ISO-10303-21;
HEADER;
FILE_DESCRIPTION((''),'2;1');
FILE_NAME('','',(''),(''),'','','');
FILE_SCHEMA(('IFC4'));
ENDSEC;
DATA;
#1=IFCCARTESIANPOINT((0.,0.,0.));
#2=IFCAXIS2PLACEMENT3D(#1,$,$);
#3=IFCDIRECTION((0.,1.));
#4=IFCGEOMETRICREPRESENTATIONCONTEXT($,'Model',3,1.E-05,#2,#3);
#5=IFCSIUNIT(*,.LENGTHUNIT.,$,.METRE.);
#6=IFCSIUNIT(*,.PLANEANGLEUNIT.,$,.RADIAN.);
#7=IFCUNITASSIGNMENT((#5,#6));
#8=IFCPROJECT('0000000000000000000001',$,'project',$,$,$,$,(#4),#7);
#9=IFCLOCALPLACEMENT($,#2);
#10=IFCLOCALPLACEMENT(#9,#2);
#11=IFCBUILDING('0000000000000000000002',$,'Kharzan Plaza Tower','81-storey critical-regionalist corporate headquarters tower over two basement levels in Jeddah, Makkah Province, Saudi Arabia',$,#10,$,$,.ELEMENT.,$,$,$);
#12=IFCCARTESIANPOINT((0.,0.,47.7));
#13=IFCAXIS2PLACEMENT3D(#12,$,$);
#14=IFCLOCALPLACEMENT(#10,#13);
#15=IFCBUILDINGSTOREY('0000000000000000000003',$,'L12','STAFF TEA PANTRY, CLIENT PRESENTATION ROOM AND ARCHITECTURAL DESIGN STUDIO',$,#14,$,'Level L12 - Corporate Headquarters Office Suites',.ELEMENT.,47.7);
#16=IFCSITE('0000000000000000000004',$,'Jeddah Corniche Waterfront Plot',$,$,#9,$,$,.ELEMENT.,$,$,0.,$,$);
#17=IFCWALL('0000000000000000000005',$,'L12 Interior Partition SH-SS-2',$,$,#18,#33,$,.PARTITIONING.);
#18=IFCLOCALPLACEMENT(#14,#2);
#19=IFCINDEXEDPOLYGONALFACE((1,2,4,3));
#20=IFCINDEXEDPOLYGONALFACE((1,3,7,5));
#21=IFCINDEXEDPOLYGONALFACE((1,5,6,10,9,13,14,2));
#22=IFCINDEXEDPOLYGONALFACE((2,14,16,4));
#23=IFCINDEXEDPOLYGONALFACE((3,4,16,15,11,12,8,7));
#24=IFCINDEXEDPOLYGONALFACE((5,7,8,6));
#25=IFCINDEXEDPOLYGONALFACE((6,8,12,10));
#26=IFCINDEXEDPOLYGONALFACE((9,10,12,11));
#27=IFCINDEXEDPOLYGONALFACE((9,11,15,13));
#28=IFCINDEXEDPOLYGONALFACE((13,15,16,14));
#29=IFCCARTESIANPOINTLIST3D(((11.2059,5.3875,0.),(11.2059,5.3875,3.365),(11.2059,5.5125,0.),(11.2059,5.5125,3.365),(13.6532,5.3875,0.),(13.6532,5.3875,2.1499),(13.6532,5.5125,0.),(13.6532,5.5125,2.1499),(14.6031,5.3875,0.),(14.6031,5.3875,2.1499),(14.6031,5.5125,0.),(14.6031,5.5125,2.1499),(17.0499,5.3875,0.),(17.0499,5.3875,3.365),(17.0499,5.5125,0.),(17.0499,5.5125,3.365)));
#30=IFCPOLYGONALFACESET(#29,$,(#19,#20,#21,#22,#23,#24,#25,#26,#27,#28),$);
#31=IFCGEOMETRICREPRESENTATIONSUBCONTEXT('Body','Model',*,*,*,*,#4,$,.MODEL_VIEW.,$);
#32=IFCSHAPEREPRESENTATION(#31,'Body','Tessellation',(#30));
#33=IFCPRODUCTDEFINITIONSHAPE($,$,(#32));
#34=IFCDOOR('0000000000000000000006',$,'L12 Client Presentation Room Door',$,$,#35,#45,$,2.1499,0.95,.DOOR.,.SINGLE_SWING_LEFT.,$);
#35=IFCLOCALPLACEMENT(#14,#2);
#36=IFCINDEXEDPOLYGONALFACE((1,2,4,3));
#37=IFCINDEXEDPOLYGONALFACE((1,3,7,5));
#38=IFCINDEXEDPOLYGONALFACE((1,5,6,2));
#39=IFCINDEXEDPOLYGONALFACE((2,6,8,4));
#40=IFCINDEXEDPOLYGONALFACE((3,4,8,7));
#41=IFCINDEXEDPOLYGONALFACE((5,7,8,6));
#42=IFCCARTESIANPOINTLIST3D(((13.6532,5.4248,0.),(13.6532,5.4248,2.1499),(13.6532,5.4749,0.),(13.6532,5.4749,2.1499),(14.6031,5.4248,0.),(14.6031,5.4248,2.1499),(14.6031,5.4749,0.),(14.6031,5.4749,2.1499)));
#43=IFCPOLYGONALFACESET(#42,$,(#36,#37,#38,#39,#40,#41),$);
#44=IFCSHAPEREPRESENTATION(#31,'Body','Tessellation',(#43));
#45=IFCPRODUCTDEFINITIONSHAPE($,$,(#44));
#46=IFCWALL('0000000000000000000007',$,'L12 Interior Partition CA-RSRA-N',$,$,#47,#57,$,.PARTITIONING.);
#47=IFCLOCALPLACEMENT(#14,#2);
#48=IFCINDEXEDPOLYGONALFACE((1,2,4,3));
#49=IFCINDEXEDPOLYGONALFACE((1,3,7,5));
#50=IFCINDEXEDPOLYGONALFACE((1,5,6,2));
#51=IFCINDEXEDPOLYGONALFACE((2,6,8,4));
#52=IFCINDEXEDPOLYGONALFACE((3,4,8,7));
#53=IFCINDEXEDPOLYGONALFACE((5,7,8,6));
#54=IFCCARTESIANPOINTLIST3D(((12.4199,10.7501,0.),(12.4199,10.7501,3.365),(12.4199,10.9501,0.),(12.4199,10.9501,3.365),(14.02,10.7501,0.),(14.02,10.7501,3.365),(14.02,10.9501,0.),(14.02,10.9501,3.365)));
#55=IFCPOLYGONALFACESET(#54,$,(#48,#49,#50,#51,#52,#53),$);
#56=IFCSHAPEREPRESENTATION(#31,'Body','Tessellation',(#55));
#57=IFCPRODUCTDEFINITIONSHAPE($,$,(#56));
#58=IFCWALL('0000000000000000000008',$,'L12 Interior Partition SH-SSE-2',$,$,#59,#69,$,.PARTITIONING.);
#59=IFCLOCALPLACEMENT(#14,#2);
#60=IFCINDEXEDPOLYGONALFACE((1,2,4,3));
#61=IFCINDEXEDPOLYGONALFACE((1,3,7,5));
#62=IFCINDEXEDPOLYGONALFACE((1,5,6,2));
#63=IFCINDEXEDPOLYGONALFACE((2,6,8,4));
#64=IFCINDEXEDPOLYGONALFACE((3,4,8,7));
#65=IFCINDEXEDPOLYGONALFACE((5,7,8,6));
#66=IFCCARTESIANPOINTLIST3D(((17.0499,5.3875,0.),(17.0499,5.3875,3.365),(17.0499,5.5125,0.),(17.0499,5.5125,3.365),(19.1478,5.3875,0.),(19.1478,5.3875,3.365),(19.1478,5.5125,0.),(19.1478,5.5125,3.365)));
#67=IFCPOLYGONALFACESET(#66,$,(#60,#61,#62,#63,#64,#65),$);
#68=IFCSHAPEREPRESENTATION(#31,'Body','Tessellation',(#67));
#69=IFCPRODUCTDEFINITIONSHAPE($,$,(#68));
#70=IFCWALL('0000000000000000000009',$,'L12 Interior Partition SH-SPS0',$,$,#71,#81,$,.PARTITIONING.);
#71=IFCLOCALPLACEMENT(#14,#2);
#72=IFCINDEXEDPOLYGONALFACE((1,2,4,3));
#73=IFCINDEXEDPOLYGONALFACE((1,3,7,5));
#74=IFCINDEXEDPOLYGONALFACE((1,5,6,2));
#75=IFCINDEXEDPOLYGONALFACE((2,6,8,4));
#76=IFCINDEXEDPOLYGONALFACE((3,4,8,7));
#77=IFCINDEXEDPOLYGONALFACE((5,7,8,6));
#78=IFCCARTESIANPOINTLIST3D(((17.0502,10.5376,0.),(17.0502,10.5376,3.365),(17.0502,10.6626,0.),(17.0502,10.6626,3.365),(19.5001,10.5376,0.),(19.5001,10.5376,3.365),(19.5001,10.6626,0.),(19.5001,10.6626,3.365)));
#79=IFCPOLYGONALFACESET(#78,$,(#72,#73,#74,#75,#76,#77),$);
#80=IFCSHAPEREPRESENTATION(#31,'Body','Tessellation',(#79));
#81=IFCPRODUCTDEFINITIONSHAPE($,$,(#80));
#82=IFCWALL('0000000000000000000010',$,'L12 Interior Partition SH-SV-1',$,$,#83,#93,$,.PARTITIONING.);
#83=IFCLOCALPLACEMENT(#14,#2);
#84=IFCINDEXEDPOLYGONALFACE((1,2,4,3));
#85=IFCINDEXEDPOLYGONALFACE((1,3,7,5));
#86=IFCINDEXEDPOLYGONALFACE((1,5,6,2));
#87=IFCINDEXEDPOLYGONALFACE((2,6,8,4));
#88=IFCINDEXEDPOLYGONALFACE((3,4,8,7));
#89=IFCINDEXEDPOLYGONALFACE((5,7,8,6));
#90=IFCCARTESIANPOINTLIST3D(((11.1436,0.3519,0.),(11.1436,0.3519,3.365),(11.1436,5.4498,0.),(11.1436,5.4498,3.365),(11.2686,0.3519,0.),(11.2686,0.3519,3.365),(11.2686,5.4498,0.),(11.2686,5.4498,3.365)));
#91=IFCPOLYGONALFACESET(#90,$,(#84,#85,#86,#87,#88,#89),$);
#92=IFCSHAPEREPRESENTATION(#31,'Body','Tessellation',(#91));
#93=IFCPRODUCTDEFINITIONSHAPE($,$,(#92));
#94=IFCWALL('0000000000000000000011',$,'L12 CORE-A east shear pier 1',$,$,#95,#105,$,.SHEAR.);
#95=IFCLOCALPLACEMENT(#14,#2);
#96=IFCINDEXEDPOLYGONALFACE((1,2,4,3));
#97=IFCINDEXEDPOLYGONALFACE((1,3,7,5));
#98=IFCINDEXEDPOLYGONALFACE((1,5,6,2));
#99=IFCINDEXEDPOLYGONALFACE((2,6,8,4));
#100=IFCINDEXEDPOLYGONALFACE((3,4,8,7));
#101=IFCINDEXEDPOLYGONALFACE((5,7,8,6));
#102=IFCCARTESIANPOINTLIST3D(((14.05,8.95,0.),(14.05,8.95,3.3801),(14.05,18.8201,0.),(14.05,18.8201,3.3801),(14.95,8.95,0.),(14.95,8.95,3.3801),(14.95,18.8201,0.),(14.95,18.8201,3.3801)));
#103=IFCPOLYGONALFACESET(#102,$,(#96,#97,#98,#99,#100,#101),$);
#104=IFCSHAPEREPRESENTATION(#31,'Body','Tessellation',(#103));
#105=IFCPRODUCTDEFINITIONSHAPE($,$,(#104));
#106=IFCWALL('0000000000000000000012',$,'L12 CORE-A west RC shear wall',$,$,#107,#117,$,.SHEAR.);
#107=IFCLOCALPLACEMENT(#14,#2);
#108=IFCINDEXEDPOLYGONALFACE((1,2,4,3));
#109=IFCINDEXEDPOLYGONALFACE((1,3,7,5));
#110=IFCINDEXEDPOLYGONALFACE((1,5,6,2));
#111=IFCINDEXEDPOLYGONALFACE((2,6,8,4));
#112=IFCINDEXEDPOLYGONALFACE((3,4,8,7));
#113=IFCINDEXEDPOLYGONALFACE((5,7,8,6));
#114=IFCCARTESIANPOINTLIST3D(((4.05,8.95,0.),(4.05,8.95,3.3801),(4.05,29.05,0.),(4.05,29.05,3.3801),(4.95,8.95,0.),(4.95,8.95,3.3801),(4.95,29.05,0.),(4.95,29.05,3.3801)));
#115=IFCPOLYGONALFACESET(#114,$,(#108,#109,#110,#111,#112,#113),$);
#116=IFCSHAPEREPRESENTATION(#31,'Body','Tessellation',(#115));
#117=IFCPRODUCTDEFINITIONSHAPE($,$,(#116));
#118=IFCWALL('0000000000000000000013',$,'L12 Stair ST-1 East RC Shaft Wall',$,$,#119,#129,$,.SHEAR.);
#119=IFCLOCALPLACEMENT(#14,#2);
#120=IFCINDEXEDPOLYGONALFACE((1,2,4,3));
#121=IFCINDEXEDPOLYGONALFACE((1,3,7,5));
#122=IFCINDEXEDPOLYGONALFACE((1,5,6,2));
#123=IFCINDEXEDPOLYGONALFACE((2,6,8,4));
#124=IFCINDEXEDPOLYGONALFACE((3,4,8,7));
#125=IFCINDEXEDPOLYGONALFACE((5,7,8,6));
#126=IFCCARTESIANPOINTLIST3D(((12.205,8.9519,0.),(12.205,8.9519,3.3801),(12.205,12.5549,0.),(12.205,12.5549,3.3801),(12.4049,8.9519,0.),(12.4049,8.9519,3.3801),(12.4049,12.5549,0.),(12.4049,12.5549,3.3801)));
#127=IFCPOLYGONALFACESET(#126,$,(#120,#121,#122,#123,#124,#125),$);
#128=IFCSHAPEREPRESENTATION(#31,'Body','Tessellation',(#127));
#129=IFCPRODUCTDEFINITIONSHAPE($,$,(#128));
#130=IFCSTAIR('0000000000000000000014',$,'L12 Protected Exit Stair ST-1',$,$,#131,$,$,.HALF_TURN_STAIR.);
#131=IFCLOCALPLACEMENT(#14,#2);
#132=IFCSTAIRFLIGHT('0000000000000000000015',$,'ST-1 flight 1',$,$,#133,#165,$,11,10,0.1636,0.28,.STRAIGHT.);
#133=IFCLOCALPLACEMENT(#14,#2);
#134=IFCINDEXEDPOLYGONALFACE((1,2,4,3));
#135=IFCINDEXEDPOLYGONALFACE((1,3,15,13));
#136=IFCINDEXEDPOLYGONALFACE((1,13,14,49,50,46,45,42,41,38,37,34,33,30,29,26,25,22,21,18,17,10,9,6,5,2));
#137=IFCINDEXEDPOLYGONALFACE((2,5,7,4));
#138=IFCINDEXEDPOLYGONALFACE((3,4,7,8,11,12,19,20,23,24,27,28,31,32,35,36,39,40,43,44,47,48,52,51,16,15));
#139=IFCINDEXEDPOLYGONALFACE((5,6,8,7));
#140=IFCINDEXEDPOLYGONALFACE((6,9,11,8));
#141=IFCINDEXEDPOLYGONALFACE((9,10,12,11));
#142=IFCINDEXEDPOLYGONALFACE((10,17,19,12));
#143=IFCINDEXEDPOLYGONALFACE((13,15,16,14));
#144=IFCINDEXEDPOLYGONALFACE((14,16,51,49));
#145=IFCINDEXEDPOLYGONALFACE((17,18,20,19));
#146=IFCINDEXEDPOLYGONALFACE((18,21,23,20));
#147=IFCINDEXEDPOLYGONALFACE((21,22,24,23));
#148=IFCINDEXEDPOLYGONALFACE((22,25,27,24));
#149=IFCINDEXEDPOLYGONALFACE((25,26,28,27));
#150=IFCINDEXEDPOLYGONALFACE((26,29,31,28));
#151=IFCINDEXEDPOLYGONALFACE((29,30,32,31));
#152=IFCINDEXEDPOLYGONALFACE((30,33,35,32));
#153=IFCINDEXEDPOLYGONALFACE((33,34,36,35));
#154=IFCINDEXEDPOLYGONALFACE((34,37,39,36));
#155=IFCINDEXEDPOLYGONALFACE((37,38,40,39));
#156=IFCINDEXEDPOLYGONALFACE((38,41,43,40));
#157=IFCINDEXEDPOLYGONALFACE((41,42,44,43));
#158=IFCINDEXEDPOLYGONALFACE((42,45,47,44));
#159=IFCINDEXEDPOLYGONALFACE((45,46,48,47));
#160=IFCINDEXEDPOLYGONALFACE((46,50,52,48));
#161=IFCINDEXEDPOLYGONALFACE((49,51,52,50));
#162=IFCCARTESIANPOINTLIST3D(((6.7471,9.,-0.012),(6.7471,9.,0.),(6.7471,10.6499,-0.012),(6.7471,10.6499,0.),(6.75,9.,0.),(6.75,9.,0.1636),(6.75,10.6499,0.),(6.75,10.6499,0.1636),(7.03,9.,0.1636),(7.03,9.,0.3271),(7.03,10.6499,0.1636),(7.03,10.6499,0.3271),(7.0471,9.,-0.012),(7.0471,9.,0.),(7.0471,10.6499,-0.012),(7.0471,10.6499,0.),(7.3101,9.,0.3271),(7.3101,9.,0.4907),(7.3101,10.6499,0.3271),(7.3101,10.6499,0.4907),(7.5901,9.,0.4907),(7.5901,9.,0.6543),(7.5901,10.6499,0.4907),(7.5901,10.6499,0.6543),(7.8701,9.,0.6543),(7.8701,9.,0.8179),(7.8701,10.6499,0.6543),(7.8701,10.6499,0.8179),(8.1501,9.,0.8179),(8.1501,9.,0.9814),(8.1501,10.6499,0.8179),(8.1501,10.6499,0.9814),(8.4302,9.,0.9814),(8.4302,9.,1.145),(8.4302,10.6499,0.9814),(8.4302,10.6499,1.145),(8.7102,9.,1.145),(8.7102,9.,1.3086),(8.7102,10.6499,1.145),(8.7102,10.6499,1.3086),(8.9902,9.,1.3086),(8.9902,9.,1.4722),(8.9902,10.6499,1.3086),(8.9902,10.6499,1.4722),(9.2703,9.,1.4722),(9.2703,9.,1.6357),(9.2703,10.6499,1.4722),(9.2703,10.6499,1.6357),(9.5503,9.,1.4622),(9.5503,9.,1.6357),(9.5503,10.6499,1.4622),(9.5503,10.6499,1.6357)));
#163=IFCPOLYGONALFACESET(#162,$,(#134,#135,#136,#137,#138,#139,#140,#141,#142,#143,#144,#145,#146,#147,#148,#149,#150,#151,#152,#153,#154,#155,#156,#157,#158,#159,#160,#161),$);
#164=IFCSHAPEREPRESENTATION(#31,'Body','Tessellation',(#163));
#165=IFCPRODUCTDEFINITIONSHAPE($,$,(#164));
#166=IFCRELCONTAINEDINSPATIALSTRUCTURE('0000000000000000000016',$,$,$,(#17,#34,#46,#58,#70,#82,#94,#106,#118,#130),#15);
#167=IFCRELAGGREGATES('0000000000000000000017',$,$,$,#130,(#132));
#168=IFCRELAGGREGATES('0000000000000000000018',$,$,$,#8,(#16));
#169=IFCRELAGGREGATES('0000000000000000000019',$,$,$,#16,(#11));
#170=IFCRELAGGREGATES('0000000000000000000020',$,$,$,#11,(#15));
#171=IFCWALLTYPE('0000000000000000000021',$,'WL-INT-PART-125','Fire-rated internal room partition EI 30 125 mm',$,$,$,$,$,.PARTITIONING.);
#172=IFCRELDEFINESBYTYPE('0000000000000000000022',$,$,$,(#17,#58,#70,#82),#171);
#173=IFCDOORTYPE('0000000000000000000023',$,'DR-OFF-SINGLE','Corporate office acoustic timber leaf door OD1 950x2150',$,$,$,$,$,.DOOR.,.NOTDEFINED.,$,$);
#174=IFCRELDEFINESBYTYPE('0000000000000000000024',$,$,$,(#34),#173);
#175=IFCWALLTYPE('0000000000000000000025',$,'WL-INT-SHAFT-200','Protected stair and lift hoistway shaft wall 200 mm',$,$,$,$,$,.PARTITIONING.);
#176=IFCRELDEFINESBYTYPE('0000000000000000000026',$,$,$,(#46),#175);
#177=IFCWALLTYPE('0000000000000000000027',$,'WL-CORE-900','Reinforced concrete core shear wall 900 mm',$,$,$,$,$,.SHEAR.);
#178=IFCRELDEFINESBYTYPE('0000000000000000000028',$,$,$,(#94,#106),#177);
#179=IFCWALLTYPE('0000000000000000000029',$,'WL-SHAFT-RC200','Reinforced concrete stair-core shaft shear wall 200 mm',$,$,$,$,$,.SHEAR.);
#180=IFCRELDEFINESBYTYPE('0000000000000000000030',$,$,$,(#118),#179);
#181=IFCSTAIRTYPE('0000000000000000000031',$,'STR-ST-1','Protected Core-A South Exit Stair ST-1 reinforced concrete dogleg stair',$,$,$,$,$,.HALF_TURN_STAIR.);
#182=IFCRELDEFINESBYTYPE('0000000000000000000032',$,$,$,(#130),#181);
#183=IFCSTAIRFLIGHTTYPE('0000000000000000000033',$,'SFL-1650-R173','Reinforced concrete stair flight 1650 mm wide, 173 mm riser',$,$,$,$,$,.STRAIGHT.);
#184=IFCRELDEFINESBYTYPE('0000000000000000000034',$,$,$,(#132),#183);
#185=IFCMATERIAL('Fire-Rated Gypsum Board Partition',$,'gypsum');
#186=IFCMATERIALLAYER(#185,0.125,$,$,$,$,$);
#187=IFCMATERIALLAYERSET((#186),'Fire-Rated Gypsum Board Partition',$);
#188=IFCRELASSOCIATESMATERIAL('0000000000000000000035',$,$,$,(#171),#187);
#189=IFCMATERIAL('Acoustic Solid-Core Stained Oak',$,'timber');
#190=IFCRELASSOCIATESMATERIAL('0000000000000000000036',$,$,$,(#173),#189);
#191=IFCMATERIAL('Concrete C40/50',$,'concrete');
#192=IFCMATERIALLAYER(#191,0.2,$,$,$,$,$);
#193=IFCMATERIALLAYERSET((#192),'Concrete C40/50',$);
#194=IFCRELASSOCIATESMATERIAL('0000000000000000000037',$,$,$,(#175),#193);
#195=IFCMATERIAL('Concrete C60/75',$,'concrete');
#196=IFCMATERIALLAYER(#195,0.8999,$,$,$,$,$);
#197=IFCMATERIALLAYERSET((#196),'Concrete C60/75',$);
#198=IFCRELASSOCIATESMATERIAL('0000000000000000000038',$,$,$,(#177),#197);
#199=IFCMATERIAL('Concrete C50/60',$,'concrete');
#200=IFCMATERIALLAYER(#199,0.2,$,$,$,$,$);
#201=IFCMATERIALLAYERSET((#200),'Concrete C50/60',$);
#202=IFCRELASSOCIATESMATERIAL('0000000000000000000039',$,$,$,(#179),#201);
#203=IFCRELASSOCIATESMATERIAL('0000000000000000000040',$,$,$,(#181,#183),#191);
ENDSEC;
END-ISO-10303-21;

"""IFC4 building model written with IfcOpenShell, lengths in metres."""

from ifc_helpers import new_model, si_unit, direction, frame, frame_2d, origin, place, context, subcontext, project, spatial, polyline, rectangle, outline, extrude, source, transform, mapped, material, layer, layer_set, type_object, element, fill, aggregate, save


model = new_model("IFC4")

# Units and contexts
model_context = context("Model", 3, precision=1e-05, world=origin(), true_north=direction((0.0, 1.0)))
body_context = subcontext(model_context, "Body", "Model", "MODEL_VIEW")
ifc_project = project(units=[si_unit("LENGTHUNIT", "METRE"), si_unit("PLANEANGLEUNIT", "RADIAN")], contexts=[model_context])

# Site, building, storey
site_placement = place(None, origin())
site = spatial("IfcSite", under=ifc_project, at=site_placement, Name="Jeddah Corniche Waterfront Plot", CompositionType="ELEMENT", RefElevation=0.0)
building_placement = place(site_placement, origin())
building = spatial("IfcBuilding", under=site, at=building_placement, Name="Kharzan Plaza Tower", Description="81-storey critical-regionalist corporate headquarters tower over two basement levels in Jeddah, Makkah Province, Saudi Arabia", CompositionType="ELEMENT")
storey_placement = place(building_placement, frame((0.0, 0.0, 47.7)))
storey = spatial("IfcBuildingStorey", under=building, at=storey_placement, Name="L12", Description="STAFF TEA PANTRY, CLIENT PRESENTATION ROOM AND ARCHITECTURAL DESIGN STUDIO", LongName="Level L12 - Corporate Headquarters Office Suites", CompositionType="ELEMENT", Elevation=47.7)

# Shared definitions
ifc_material_1 = material(Name="Concrete C60/75", Category="concrete")

# Shared definitions
ifc_material_2 = material(Name="Concrete C40/50", Category="concrete")

# Wall, opening, door
ifc_material_3 = material(Name="Fire-Rated Gypsum Board Partition", Category="gypsum")
ifc_layer_1 = layer(ifc_material_3, 0.125)
ifc_layer_set_1 = layer_set([ifc_layer_1], Name="Fire-Rated Gypsum Board Partition")
wall_type_1 = type_object("IfcWallType", Name="WL-INT-PART-125", Description="Fire-rated internal room partition EI 30 125 mm", PredefinedType="PARTITIONING", material=ifc_layer_set_1)
ifc_material_4 = material(Name="Acoustic Solid-Core Stained Oak", Category="timber")
door_type = type_object("IfcDoorType", Name="DR-OFF-SINGLE", Description="Corporate office acoustic timber leaf door OD1 950x2150", OperationType="NOTDEFINED", PredefinedType="DOOR", material=ifc_material_4)
shared_shape_1 = source(origin(), body_context, "Body", "SweptSolid", [
    extrude(rectangle(XDim=0.95, YDim=2.1499, at=frame_2d((0.4751, 1.075))), frame((0.0, 0.0249, 0.0), z_axis=(0.0, -1.0, 0.0), x_axis=(1.0, 0.0, 0.0)), (0.0, 0.0, 1.0), 0.05),
])
wall_1_placement = place(storey_placement, frame((11.2061, 5.45, 0.0), z_axis=(0.0, 0.0, 1.0), x_axis=(1.0, 0.0, 0.0)))
wall_1 = element("IfcWall", 1, at=wall_1_placement, inside=storey, type_object=wall_type_1, Name="L12 Interior Partition SH-SS-2", PredefinedType="PARTITIONING", context=body_context, shape_type="SweptSolid", body=[
    extrude(rectangle(XDim=5.844, YDim=0.125, at=frame_2d((2.9219, 0.0))), origin(), (0.0, 0.0, 1.0), 3.365),
])
opening_1_placement = place(wall_1_placement, frame((2.447, 0.0, 0.0)))
opening_1 = element("IfcOpeningElement", 2, at=opening_1_placement, cuts=wall_1, PredefinedType="OPENING", context=body_context, shape_type="SweptSolid", body=[
    extrude(rectangle(XDim=0.95, YDim=2.1499, at=frame_2d((0.4751, 1.075))), frame((0.0, 0.0725, 0.0), z_axis=(0.0, -1.0, 0.0), x_axis=(1.0, 0.0, 0.0)), (0.0, 0.0, 1.0), 0.145),
])
door_1_placement = place(opening_1_placement, origin())
door_1 = element("IfcDoor", 3, at=door_1_placement, inside=storey, type_object=door_type, Name="L12 Client Presentation Room Door", OperationType="SINGLE_SWING_LEFT", OverallHeight=2.1499, OverallWidth=0.95, PredefinedType="DOOR", context=body_context, shape_type="MappedRepresentation", body=[
    mapped(shared_shape_1, transform((0.0, 0.0, 0.0), x_axis=(1.0, 0.0, 0.0), y_axis=(0.0, 1.0, 0.0), z_axis=(0.0, 0.0, 1.0))),
])
fill(opening_1, door_1)

# Walls
ifc_layer_2 = layer(ifc_material_2, 0.2)
ifc_layer_set_2 = layer_set([ifc_layer_2], Name="Concrete C40/50")
wall_type_2 = type_object("IfcWallType", Name="WL-INT-SHAFT-200", Description="Protected stair and lift hoistway shaft wall 200 mm", PredefinedType="PARTITIONING", material=ifc_layer_set_2)
shared_shape_2 = source(origin(), body_context, "Body", "SweptSolid", [
    extrude(rectangle(XDim=1.6001, YDim=0.2, at=frame_2d((0.8, 0.0))), origin(), (0.0, 0.0, 1.0), 3.365),
])
wall_2_placement = place(storey_placement, frame((12.4199, 10.8501, 0.0), z_axis=(0.0, 0.0, 1.0), x_axis=(1.0, 0.0, 0.0)))
element("IfcWall", 4, at=wall_2_placement, inside=storey, type_object=wall_type_2, Name="L12 Interior Partition CA-RSRA-N", PredefinedType="PARTITIONING", context=body_context, shape_type="MappedRepresentation", body=[
    mapped(shared_shape_2, transform((0.0, 0.0, 0.0), x_axis=(1.0, 0.0, 0.0), y_axis=(0.0, 1.0, 0.0), z_axis=(0.0, 0.0, 1.0))),
])
shared_shape_3 = source(origin(), body_context, "Body", "SweptSolid", [
    extrude(rectangle(XDim=2.0979, YDim=0.125, at=frame_2d((1.0488, 0.0))), origin(), (0.0, 0.0, 1.0), 3.365),
])
wall_3_placement = place(storey_placement, frame((17.05, 5.45, 0.0), z_axis=(0.0, 0.0, 1.0), x_axis=(1.0, 0.0, 0.0)))
element("IfcWall", 5, at=wall_3_placement, inside=storey, type_object=wall_type_1, Name="L12 Interior Partition SH-SSE-2", PredefinedType="PARTITIONING", context=body_context, shape_type="MappedRepresentation", body=[
    mapped(shared_shape_3, transform((0.0, 0.0, 0.0), x_axis=(1.0, 0.0, 0.0), y_axis=(0.0, 1.0, 0.0), z_axis=(0.0, 0.0, 1.0))),
])
shared_shape_4 = source(origin(), body_context, "Body", "SweptSolid", [
    extrude(rectangle(XDim=2.45, YDim=0.125, at=frame_2d((1.2251, 0.0))), origin(), (0.0, 0.0, 1.0), 3.365),
])
wall_4_placement = place(storey_placement, frame((17.05, 10.6001, 0.0), z_axis=(0.0, 0.0, 1.0), x_axis=(1.0, 0.0, 0.0)))
element("IfcWall", 6, at=wall_4_placement, inside=storey, type_object=wall_type_1, Name="L12 Interior Partition SH-SPS0", PredefinedType="PARTITIONING", context=body_context, shape_type="MappedRepresentation", body=[
    mapped(shared_shape_4, transform((0.0, 0.0, 0.0), x_axis=(1.0, 0.0, 0.0), y_axis=(0.0, 1.0, 0.0), z_axis=(0.0, 0.0, 1.0))),
])
shared_shape_5 = source(origin(), body_context, "Body", "SweptSolid", [
    extrude(rectangle(XDim=5.0979, YDim=0.125, at=frame_2d((2.5488, 0.0))), origin(), (0.0, 0.0, 1.0), 3.365),
])
wall_5_placement = place(storey_placement, frame((11.2061, 0.3521, 0.0), z_axis=(0.0, 0.0, 1.0), x_axis=(0.0, 1.0, 0.0)))
element("IfcWall", 7, at=wall_5_placement, inside=storey, type_object=wall_type_1, Name="L12 Interior Partition SH-SV-1", PredefinedType="PARTITIONING", context=body_context, shape_type="MappedRepresentation", body=[
    mapped(shared_shape_5, transform((0.0, 0.0, 0.0), x_axis=(1.0, 0.0, 0.0), y_axis=(0.0, 1.0, 0.0), z_axis=(0.0, 0.0, 1.0))),
])
ifc_layer_3 = layer(ifc_material_1, 0.8999)
ifc_layer_set_3 = layer_set([ifc_layer_3], Name="Concrete C60/75")
wall_type_3 = type_object("IfcWallType", Name="WL-CORE-900", Description="Reinforced concrete core shear wall 900 mm", PredefinedType="SHEAR", material=ifc_layer_set_3)
shared_shape_6 = source(origin(), body_context, "Body", "SweptSolid", [
    extrude(rectangle(XDim=9.8701, YDim=0.8999, at=frame_2d((4.9351, 0.0))), origin(), (0.0, 0.0, 1.0), 3.3801),
])
wall_6_placement = place(storey_placement, frame((14.5, 8.95, 0.0), z_axis=(0.0, 0.0, 1.0), x_axis=(0.0, 1.0, 0.0)))
element("IfcWall", 8, at=wall_6_placement, inside=storey, type_object=wall_type_3, Name="L12 CORE-A east shear pier 1", PredefinedType="SHEAR", context=body_context, shape_type="MappedRepresentation", body=[
    mapped(shared_shape_6, transform((0.0, 0.0, 0.0), x_axis=(1.0, 0.0, 0.0), y_axis=(0.0, 1.0, 0.0), z_axis=(0.0, 0.0, 1.0))),
])
shared_shape_7 = source(origin(), body_context, "Body", "SweptSolid", [
    extrude(rectangle(XDim=20.1001, YDim=0.8999, at=frame_2d((10.05, 0.0))), origin(), (0.0, 0.0, 1.0), 3.3801),
])
wall_7_placement = place(storey_placement, frame((4.5, 8.95, 0.0), z_axis=(0.0, 0.0, 1.0), x_axis=(0.0, 1.0, 0.0)))
element("IfcWall", 9, at=wall_7_placement, inside=storey, type_object=wall_type_3, Name="L12 CORE-A west RC shear wall", PredefinedType="SHEAR", context=body_context, shape_type="MappedRepresentation", body=[
    mapped(shared_shape_7, transform((0.0, 0.0, 0.0), x_axis=(1.0, 0.0, 0.0), y_axis=(0.0, 1.0, 0.0), z_axis=(0.0, 0.0, 1.0))),
])
ifc_material_5 = material(Name="Concrete C50/60", Category="concrete")
ifc_layer_4 = layer(ifc_material_5, 0.2)
ifc_layer_set_4 = layer_set([ifc_layer_4], Name="Concrete C50/60")
wall_type_4 = type_object("IfcWallType", Name="WL-SHAFT-RC200", Description="Reinforced concrete stair-core shaft shear wall 200 mm", PredefinedType="SHEAR", material=ifc_layer_set_4)
shared_shape_8 = source(origin(), body_context, "Body", "SweptSolid", [
    extrude(rectangle(XDim=3.603, YDim=0.2, at=frame_2d((1.8015, 0.0))), origin(), (0.0, 0.0, 1.0), 3.3801),
])
wall_8_placement = place(storey_placement, frame((12.3049, 8.9519, 0.0), z_axis=(0.0, 0.0, 1.0), x_axis=(0.0, 1.0, 0.0)))
element("IfcWall", 10, at=wall_8_placement, inside=storey, type_object=wall_type_4, Name="L12 Stair ST-1 East RC Shaft Wall", PredefinedType="SHEAR", context=body_context, shape_type="MappedRepresentation", body=[
    mapped(shared_shape_8, transform((0.0, 0.0, 0.0), x_axis=(1.0, 0.0, 0.0), y_axis=(0.0, 1.0, 0.0), z_axis=(0.0, 0.0, 1.0))),
])

# Stair, stair flight
stair_type = type_object("IfcStairType", Name="STR-ST-1", Description="Protected Core-A South Exit Stair ST-1 reinforced concrete dogleg stair", PredefinedType="HALF_TURN_STAIR", material=ifc_material_2)
stair_placement = place(storey_placement, origin())
stair = element("IfcStair", 11, at=stair_placement, inside=storey, type_object=stair_type, Name="L12 Protected Exit Stair ST-1", PredefinedType="HALF_TURN_STAIR")
stair_flight_type = type_object("IfcStairFlightType", Name="SFL-1650-R173", Description="Reinforced concrete stair flight 1650 mm wide, 173 mm riser", PredefinedType="STRAIGHT", material=ifc_material_2)
shared_shape_9 = source(origin(), body_context, "Body", "SweptSolid", [
    extrude(outline(polyline([(-0.0029, -0.012), (-0.0029, 0.0), (0.0, 0.0), (0.0, 0.1636), (0.28, 0.1636), (0.28, 0.3271), (0.5601, 0.3271), (0.5601, 0.4907), (0.8401, 0.4907), (0.8401, 0.6543), (1.1201, 0.6543), (1.1201, 0.8179), (1.4001, 0.8179), (1.4001, 0.9814), (1.6802, 0.9814), (1.6802, 1.145), (1.9602, 1.145), (1.9602, 1.3086), (2.2402, 1.3086), (2.2402, 1.4722), (2.5203, 1.4722), (2.5203, 1.6357), (2.8003, 1.6357), (2.8003, 1.7993), (2.8003, 1.4622), (0.2971, 0.0), (0.2971, -0.012), (-0.0029, -0.012)])), frame((0.0, 0.825, 0.0), z_axis=(0.0, -1.0, 0.0), x_axis=(1.0, 0.0, 0.0)), (0.0, 0.0, 1.0), 1.6499),
])
stair_flight_placement = place(storey_placement, frame((6.75, 9.825, 0.0), z_axis=(0.0, 0.0, 1.0), x_axis=(1.0, 0.0, 0.0)))
stair_flight = element("IfcStairFlight", 12, at=stair_flight_placement, type_object=stair_flight_type, Name="ST-1 flight 1", NumberOfRisers=11, NumberOfTreads=10, PredefinedType="STRAIGHT", RiserHeight=0.1636, TreadLength=0.28, context=body_context, shape_type="MappedRepresentation", body=[
    mapped(shared_shape_9, transform((0.0, 0.0, 0.0), x_axis=(1.0, 0.0, 0.0), y_axis=(0.0, 1.0, 0.0), z_axis=(0.0, 0.0, 1.0))),
])
aggregate(stair, [stair_flight])

save(model, "model.ifc")
